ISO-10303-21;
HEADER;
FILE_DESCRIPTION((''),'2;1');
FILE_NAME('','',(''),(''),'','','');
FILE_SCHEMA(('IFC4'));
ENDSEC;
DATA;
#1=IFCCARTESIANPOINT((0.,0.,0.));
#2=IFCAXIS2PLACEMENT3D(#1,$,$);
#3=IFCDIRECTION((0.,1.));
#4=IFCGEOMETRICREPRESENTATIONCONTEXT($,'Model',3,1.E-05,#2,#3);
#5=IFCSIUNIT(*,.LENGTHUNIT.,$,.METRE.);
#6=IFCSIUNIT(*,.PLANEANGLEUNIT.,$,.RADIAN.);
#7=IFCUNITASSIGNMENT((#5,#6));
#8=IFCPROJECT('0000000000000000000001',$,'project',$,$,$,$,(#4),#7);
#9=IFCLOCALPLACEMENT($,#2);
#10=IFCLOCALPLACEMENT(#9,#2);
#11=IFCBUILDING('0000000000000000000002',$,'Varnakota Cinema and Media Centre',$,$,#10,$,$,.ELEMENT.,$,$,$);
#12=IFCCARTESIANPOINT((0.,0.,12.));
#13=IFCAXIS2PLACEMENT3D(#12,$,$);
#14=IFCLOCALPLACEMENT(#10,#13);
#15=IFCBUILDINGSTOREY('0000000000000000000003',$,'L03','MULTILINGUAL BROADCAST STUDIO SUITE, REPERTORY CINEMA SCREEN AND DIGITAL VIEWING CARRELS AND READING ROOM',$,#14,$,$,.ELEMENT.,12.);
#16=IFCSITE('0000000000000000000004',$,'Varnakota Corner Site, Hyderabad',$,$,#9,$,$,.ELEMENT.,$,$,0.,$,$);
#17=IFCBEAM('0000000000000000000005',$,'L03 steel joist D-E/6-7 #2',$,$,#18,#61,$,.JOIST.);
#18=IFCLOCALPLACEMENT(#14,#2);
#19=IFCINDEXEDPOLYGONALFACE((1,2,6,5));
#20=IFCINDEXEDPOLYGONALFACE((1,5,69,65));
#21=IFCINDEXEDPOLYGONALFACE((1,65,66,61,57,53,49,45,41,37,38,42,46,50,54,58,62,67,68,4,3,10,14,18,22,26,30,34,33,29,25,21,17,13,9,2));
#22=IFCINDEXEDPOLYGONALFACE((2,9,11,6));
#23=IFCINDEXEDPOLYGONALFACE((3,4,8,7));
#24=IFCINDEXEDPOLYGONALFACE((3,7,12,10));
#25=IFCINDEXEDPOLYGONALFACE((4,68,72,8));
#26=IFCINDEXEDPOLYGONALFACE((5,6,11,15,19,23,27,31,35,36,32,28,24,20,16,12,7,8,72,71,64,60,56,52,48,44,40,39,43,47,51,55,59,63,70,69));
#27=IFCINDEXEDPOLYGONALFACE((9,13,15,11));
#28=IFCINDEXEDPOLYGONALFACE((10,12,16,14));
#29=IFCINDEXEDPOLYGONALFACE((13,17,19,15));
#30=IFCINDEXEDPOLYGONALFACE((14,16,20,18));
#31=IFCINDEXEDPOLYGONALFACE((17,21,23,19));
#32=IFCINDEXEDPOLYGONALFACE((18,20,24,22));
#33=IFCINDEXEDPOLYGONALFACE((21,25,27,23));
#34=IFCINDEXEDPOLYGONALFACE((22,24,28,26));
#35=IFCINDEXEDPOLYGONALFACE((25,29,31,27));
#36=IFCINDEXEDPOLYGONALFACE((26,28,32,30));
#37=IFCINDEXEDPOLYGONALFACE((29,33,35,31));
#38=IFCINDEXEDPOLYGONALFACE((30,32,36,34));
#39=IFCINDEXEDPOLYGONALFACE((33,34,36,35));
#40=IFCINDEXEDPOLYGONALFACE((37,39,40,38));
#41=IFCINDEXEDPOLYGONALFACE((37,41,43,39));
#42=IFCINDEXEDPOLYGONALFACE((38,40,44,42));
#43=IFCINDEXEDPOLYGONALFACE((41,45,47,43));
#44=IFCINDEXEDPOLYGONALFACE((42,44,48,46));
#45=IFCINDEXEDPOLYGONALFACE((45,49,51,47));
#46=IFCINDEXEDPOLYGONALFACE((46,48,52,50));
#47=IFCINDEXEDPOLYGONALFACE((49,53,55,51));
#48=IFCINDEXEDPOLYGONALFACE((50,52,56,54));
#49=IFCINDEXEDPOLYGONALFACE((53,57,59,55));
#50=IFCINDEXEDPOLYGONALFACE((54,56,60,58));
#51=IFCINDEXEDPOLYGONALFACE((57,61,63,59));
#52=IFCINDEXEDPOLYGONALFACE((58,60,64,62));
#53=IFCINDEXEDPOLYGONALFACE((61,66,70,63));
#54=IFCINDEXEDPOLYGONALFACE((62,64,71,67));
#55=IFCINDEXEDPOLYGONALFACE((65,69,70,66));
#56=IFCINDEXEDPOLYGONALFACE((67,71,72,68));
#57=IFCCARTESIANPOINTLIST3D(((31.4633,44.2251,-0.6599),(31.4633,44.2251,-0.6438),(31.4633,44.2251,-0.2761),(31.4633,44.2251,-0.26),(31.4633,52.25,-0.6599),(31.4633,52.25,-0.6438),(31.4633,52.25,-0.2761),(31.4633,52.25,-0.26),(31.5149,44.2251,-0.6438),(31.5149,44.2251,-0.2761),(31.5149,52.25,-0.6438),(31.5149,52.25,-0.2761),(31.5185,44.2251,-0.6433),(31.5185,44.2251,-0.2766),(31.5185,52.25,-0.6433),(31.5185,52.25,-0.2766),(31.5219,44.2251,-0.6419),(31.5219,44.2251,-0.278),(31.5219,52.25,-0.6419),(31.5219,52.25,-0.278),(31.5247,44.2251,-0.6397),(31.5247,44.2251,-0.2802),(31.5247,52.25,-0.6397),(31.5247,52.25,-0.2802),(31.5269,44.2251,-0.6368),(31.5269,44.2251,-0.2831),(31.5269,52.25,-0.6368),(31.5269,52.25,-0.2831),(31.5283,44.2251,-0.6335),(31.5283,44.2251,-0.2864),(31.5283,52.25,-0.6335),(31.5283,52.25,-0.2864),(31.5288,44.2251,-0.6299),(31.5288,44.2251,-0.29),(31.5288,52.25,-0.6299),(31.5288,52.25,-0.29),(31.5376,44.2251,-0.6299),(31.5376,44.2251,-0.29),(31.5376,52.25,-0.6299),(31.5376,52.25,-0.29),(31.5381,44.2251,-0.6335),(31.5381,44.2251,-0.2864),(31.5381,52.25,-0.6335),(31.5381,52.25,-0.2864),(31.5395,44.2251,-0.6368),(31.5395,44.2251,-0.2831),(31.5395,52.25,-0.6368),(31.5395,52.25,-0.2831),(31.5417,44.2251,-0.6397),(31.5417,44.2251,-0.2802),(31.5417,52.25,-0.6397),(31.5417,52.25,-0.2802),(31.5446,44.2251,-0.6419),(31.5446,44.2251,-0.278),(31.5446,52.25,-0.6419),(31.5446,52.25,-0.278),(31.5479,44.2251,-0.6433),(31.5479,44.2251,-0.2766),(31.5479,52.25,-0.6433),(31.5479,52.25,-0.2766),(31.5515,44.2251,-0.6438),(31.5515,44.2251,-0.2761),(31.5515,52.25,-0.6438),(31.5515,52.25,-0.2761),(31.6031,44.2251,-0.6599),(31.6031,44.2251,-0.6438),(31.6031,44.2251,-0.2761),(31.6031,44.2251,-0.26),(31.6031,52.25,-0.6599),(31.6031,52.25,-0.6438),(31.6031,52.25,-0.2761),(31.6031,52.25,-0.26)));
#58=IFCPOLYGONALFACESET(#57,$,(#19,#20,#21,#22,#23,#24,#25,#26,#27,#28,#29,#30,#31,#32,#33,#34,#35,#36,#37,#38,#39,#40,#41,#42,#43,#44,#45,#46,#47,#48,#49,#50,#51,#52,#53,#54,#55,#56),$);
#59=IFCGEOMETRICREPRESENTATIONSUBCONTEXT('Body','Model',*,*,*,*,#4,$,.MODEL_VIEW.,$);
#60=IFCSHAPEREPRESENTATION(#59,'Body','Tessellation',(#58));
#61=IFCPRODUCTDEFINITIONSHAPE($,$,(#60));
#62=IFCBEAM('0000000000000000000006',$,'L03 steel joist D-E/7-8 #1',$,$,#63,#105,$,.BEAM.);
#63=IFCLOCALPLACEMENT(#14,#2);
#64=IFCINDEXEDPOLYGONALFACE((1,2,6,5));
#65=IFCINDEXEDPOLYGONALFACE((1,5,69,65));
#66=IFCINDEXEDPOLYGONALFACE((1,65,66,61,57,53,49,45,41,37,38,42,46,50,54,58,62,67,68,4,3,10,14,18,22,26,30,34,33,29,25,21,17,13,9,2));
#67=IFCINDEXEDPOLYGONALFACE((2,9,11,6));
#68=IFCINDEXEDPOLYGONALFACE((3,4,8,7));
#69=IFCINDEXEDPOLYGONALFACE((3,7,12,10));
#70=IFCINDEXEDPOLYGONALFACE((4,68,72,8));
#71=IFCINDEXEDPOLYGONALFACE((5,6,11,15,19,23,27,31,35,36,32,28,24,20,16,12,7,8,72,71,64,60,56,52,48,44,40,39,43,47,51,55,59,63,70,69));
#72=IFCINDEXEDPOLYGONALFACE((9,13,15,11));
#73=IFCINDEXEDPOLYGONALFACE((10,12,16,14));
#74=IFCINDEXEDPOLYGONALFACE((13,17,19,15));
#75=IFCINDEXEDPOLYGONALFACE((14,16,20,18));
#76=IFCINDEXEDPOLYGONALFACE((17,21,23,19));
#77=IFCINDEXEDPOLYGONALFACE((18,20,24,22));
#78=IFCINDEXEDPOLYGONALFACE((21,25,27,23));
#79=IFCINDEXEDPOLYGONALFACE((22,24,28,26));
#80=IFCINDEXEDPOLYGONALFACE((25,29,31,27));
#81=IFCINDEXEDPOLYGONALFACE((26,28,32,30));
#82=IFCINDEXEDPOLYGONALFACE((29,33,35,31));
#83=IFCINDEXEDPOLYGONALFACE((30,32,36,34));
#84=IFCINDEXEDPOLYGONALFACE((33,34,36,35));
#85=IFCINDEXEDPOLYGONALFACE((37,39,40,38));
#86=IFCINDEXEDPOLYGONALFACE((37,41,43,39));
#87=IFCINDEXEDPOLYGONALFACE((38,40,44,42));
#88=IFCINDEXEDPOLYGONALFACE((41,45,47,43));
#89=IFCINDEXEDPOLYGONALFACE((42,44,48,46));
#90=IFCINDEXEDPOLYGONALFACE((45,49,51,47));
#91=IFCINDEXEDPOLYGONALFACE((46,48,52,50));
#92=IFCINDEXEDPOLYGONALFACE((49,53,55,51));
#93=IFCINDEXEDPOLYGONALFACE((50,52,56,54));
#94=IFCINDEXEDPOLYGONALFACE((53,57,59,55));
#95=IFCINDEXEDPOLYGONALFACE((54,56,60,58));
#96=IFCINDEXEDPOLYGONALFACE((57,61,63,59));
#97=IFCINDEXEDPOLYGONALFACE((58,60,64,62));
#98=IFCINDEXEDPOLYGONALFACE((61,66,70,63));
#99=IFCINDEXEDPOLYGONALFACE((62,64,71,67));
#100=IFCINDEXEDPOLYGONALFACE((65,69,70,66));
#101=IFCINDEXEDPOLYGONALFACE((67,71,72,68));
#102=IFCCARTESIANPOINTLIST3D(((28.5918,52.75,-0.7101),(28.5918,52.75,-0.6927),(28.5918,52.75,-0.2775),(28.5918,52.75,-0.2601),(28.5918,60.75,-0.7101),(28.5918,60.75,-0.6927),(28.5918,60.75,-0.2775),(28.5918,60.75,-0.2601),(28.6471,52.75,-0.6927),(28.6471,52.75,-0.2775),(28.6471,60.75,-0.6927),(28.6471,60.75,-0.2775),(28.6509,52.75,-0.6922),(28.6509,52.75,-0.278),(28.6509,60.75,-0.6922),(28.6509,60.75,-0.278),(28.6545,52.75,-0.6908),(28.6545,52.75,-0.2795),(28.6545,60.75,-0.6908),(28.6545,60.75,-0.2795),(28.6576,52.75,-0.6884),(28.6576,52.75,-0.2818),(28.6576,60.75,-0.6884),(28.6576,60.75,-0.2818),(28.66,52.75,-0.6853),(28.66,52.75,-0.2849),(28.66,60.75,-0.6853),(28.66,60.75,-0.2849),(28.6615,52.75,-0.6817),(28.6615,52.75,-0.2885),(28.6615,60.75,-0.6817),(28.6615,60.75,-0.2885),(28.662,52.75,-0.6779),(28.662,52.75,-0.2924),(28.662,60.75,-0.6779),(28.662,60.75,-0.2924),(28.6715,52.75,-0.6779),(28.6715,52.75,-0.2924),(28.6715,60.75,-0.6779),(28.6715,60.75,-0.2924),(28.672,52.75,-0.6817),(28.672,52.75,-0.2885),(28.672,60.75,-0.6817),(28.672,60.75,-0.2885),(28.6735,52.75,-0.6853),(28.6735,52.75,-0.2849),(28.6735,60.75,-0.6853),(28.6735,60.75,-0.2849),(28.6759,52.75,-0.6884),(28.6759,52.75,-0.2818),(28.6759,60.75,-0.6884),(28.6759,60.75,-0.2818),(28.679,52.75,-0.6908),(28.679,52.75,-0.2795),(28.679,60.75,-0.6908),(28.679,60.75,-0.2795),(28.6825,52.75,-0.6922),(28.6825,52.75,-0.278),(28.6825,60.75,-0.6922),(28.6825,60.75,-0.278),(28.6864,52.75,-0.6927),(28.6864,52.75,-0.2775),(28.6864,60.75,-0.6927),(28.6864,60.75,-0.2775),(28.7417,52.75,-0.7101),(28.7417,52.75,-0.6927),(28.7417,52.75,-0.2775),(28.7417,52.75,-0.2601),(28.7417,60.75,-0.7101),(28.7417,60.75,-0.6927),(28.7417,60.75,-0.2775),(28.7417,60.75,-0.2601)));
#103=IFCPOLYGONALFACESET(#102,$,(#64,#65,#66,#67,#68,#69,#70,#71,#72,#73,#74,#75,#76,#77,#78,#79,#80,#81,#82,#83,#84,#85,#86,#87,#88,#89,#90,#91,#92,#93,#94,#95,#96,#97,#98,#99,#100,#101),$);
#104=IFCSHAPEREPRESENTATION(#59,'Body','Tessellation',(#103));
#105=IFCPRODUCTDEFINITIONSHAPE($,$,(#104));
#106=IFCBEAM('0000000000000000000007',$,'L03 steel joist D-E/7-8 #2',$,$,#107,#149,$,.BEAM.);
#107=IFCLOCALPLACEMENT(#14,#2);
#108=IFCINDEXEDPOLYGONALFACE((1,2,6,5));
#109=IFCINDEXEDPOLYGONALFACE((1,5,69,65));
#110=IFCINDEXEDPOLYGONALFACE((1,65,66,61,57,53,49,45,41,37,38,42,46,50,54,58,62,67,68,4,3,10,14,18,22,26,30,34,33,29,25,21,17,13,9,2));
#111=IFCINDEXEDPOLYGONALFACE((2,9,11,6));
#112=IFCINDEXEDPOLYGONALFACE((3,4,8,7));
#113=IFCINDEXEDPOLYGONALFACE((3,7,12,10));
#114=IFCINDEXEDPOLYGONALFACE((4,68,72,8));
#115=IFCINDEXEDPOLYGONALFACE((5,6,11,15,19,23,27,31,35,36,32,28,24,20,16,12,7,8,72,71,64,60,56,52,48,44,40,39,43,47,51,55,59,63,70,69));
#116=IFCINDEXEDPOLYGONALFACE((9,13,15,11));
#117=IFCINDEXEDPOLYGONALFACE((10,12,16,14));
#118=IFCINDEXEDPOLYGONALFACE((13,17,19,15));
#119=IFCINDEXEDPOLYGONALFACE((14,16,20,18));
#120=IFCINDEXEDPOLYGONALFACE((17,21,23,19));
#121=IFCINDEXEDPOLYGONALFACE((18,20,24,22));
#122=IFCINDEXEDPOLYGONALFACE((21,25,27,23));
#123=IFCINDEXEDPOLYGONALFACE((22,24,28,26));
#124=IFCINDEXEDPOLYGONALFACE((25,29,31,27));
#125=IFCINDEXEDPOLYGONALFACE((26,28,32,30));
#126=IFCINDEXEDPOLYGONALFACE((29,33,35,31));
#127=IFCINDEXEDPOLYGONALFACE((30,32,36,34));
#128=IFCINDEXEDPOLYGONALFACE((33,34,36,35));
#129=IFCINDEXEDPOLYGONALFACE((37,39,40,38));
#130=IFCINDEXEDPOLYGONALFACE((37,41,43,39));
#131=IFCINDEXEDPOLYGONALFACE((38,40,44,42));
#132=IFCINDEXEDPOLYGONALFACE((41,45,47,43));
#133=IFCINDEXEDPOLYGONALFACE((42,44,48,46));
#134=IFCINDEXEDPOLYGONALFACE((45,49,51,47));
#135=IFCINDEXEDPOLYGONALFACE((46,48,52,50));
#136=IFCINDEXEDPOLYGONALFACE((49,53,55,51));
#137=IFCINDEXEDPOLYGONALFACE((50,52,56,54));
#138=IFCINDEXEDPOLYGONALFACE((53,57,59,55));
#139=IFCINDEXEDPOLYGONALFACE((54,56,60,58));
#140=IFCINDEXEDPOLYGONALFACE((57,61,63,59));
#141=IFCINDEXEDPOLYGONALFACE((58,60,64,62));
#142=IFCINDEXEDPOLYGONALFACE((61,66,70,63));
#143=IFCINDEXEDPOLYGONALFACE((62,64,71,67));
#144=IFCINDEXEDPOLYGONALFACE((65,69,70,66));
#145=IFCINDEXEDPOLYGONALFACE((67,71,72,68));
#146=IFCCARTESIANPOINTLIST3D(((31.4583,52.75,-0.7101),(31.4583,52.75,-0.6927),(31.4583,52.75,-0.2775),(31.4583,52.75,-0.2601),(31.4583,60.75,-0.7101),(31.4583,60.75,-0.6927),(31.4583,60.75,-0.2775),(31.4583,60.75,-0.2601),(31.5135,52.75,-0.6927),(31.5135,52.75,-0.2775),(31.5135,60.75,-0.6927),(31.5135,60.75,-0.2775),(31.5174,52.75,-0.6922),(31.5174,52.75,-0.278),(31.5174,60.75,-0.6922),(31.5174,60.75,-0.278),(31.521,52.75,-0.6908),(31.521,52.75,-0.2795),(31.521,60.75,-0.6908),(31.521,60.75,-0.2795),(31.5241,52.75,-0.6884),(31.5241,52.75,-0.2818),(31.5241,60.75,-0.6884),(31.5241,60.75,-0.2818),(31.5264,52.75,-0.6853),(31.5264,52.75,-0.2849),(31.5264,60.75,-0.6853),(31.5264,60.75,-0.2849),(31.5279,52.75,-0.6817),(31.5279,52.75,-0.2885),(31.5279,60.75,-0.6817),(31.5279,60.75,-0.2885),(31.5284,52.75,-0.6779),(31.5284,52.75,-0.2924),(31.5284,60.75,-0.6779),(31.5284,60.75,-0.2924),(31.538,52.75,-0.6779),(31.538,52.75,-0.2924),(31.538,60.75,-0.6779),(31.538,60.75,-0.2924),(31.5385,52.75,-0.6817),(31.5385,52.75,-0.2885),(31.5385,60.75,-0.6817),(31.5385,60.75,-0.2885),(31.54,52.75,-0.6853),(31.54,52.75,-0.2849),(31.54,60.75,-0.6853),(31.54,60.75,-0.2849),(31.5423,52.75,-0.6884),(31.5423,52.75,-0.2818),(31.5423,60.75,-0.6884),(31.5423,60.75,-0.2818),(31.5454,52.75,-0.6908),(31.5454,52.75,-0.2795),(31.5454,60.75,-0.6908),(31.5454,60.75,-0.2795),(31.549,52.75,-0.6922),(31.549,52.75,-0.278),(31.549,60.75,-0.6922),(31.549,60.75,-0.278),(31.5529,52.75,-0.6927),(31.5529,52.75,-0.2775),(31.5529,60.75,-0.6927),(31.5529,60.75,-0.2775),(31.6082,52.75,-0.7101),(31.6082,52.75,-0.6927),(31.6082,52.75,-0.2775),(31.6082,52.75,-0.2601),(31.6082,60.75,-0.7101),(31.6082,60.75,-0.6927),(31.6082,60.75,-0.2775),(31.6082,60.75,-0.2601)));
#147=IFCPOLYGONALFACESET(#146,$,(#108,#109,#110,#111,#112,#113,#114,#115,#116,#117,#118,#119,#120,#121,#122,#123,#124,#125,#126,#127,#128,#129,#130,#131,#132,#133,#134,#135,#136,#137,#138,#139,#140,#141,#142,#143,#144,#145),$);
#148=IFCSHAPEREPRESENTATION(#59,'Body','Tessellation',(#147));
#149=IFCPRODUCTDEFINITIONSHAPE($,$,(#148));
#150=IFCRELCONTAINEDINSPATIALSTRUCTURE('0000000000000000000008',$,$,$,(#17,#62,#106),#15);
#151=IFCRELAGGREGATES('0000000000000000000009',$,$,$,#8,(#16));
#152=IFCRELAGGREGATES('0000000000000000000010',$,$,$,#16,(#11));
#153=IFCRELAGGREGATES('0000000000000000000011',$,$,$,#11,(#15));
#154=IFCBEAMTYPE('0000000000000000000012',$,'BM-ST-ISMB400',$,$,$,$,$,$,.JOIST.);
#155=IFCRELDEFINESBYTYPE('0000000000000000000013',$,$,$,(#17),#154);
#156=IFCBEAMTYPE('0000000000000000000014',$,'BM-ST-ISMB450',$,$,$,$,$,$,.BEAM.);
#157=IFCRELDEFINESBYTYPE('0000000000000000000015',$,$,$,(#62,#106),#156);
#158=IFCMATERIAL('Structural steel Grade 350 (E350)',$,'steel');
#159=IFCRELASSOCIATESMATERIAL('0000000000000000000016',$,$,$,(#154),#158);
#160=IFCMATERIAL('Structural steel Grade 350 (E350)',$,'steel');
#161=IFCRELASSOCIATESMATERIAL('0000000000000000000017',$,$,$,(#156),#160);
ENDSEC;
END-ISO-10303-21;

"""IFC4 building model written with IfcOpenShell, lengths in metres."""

from ifc_helpers import new_model, si_unit, direction, frame, origin, origin_2d, place, context, subcontext, project, spatial, i_section, extrude, material, material_profile, profile_set, type_object, element, save


model = new_model("IFC4")

# Units and contexts
model_context = context("Model", 3, precision=1e-05, world=origin(), true_north=direction((0.0, 1.0)))
body_context = subcontext(model_context, "Body", "Model", "MODEL_VIEW")
ifc_project = project(units=[si_unit("LENGTHUNIT", "METRE"), si_unit("PLANEANGLEUNIT", "RADIAN")], contexts=[model_context])

# Site, building, storey
site_placement = place(None, origin())
site = spatial("IfcSite", under=ifc_project, at=site_placement, Name="Varnakota Corner Site, Hyderabad", CompositionType="ELEMENT", RefElevation=0.0)
building_placement = place(site_placement, origin())
building = spatial("IfcBuilding", under=site, at=building_placement, Name="Varnakota Cinema and Media Centre", CompositionType="ELEMENT")
storey_placement = place(building_placement, frame((0.0, 0.0, 12.0)))
storey = spatial("IfcBuildingStorey", under=building, at=storey_placement, Name="L03", Description="MULTILINGUAL BROADCAST STUDIO SUITE, REPERTORY CINEMA SCREEN AND DIGITAL VIEWING CARRELS AND READING ROOM", CompositionType="ELEMENT", Elevation=12.0)

# Beams
ifc_material_1 = material(Name="Structural steel Grade 350 (E350)", Category="steel")
ifc_material_profile_1 = material_profile(ifc_material_1, i_section(OverallWidth=0.1399, OverallDepth=0.3999, WebThickness=0.0088, FlangeThickness=0.0161, FilletRadius=0.0139, at=origin_2d()), Name="ISMB 400")
ifc_profile_set_1 = profile_set([ifc_material_profile_1], Name="Structural steel Grade 350 (E350)")
beam_type_1 = type_object("IfcBeamType", Name="BM-ST-ISMB400", PredefinedType="JOIST", material=ifc_profile_set_1)
for number, where, z_axis, x_axis, name in (
    (1, (31.5332, 44.2251, -0.46), (0.0, 1.0, 0.0), (-1.0, 0.0, 0.0), "L03 steel joist D-E/6-7 #2"),
):
    element("IfcBeam", number, at=place(storey_placement, frame(where, z_axis=z_axis, x_axis=x_axis)), inside=storey, type_object=beam_type_1, Name=name, PredefinedType="JOIST", context=body_context, shape_type="SweptSolid", body=[
        extrude(i_section(OverallWidth=0.1399, OverallDepth=0.3999, WebThickness=0.0088, FlangeThickness=0.0161, FilletRadius=0.0139, at=origin_2d()), origin(), (0.0, 0.0, 1.0), 8.0249),
    ])
ifc_material_2 = material(Name="Structural steel Grade 350 (E350)", Category="steel")
ifc_material_profile_2 = material_profile(ifc_material_2, i_section(OverallWidth=0.1499, OverallDepth=0.45, WebThickness=0.0095, FlangeThickness=0.0173, FilletRadius=0.0149, at=origin_2d()), Name="ISMB 450")
ifc_profile_set_2 = profile_set([ifc_material_profile_2], Name="Structural steel Grade 350 (E350)")
beam_type_2 = type_object("IfcBeamType", Name="BM-ST-ISMB450", PredefinedType="BEAM", material=ifc_profile_set_2)
for number, where, z_axis, x_axis, name in (
    (2, (28.6667, 52.75, -0.4851), (0.0, 1.0, 0.0), (-1.0, 0.0, 0.0), "L03 steel joist D-E/7-8 #1"),
    (3, (31.5332, 52.75, -0.4851), (0.0, 1.0, 0.0), (-1.0, 0.0, 0.0), "L03 steel joist D-E/7-8 #2"),
):
    element("IfcBeam", number, at=place(storey_placement, frame(where, z_axis=z_axis, x_axis=x_axis)), inside=storey, type_object=beam_type_2, Name=name, PredefinedType="BEAM", context=body_context, shape_type="SweptSolid", body=[
        extrude(i_section(OverallWidth=0.1499, OverallDepth=0.45, WebThickness=0.0095, FlangeThickness=0.0173, FilletRadius=0.0149, at=origin_2d()), origin(), (0.0, 0.0, 1.0), 8.0),
    ])

save(model, "model.ifc")
